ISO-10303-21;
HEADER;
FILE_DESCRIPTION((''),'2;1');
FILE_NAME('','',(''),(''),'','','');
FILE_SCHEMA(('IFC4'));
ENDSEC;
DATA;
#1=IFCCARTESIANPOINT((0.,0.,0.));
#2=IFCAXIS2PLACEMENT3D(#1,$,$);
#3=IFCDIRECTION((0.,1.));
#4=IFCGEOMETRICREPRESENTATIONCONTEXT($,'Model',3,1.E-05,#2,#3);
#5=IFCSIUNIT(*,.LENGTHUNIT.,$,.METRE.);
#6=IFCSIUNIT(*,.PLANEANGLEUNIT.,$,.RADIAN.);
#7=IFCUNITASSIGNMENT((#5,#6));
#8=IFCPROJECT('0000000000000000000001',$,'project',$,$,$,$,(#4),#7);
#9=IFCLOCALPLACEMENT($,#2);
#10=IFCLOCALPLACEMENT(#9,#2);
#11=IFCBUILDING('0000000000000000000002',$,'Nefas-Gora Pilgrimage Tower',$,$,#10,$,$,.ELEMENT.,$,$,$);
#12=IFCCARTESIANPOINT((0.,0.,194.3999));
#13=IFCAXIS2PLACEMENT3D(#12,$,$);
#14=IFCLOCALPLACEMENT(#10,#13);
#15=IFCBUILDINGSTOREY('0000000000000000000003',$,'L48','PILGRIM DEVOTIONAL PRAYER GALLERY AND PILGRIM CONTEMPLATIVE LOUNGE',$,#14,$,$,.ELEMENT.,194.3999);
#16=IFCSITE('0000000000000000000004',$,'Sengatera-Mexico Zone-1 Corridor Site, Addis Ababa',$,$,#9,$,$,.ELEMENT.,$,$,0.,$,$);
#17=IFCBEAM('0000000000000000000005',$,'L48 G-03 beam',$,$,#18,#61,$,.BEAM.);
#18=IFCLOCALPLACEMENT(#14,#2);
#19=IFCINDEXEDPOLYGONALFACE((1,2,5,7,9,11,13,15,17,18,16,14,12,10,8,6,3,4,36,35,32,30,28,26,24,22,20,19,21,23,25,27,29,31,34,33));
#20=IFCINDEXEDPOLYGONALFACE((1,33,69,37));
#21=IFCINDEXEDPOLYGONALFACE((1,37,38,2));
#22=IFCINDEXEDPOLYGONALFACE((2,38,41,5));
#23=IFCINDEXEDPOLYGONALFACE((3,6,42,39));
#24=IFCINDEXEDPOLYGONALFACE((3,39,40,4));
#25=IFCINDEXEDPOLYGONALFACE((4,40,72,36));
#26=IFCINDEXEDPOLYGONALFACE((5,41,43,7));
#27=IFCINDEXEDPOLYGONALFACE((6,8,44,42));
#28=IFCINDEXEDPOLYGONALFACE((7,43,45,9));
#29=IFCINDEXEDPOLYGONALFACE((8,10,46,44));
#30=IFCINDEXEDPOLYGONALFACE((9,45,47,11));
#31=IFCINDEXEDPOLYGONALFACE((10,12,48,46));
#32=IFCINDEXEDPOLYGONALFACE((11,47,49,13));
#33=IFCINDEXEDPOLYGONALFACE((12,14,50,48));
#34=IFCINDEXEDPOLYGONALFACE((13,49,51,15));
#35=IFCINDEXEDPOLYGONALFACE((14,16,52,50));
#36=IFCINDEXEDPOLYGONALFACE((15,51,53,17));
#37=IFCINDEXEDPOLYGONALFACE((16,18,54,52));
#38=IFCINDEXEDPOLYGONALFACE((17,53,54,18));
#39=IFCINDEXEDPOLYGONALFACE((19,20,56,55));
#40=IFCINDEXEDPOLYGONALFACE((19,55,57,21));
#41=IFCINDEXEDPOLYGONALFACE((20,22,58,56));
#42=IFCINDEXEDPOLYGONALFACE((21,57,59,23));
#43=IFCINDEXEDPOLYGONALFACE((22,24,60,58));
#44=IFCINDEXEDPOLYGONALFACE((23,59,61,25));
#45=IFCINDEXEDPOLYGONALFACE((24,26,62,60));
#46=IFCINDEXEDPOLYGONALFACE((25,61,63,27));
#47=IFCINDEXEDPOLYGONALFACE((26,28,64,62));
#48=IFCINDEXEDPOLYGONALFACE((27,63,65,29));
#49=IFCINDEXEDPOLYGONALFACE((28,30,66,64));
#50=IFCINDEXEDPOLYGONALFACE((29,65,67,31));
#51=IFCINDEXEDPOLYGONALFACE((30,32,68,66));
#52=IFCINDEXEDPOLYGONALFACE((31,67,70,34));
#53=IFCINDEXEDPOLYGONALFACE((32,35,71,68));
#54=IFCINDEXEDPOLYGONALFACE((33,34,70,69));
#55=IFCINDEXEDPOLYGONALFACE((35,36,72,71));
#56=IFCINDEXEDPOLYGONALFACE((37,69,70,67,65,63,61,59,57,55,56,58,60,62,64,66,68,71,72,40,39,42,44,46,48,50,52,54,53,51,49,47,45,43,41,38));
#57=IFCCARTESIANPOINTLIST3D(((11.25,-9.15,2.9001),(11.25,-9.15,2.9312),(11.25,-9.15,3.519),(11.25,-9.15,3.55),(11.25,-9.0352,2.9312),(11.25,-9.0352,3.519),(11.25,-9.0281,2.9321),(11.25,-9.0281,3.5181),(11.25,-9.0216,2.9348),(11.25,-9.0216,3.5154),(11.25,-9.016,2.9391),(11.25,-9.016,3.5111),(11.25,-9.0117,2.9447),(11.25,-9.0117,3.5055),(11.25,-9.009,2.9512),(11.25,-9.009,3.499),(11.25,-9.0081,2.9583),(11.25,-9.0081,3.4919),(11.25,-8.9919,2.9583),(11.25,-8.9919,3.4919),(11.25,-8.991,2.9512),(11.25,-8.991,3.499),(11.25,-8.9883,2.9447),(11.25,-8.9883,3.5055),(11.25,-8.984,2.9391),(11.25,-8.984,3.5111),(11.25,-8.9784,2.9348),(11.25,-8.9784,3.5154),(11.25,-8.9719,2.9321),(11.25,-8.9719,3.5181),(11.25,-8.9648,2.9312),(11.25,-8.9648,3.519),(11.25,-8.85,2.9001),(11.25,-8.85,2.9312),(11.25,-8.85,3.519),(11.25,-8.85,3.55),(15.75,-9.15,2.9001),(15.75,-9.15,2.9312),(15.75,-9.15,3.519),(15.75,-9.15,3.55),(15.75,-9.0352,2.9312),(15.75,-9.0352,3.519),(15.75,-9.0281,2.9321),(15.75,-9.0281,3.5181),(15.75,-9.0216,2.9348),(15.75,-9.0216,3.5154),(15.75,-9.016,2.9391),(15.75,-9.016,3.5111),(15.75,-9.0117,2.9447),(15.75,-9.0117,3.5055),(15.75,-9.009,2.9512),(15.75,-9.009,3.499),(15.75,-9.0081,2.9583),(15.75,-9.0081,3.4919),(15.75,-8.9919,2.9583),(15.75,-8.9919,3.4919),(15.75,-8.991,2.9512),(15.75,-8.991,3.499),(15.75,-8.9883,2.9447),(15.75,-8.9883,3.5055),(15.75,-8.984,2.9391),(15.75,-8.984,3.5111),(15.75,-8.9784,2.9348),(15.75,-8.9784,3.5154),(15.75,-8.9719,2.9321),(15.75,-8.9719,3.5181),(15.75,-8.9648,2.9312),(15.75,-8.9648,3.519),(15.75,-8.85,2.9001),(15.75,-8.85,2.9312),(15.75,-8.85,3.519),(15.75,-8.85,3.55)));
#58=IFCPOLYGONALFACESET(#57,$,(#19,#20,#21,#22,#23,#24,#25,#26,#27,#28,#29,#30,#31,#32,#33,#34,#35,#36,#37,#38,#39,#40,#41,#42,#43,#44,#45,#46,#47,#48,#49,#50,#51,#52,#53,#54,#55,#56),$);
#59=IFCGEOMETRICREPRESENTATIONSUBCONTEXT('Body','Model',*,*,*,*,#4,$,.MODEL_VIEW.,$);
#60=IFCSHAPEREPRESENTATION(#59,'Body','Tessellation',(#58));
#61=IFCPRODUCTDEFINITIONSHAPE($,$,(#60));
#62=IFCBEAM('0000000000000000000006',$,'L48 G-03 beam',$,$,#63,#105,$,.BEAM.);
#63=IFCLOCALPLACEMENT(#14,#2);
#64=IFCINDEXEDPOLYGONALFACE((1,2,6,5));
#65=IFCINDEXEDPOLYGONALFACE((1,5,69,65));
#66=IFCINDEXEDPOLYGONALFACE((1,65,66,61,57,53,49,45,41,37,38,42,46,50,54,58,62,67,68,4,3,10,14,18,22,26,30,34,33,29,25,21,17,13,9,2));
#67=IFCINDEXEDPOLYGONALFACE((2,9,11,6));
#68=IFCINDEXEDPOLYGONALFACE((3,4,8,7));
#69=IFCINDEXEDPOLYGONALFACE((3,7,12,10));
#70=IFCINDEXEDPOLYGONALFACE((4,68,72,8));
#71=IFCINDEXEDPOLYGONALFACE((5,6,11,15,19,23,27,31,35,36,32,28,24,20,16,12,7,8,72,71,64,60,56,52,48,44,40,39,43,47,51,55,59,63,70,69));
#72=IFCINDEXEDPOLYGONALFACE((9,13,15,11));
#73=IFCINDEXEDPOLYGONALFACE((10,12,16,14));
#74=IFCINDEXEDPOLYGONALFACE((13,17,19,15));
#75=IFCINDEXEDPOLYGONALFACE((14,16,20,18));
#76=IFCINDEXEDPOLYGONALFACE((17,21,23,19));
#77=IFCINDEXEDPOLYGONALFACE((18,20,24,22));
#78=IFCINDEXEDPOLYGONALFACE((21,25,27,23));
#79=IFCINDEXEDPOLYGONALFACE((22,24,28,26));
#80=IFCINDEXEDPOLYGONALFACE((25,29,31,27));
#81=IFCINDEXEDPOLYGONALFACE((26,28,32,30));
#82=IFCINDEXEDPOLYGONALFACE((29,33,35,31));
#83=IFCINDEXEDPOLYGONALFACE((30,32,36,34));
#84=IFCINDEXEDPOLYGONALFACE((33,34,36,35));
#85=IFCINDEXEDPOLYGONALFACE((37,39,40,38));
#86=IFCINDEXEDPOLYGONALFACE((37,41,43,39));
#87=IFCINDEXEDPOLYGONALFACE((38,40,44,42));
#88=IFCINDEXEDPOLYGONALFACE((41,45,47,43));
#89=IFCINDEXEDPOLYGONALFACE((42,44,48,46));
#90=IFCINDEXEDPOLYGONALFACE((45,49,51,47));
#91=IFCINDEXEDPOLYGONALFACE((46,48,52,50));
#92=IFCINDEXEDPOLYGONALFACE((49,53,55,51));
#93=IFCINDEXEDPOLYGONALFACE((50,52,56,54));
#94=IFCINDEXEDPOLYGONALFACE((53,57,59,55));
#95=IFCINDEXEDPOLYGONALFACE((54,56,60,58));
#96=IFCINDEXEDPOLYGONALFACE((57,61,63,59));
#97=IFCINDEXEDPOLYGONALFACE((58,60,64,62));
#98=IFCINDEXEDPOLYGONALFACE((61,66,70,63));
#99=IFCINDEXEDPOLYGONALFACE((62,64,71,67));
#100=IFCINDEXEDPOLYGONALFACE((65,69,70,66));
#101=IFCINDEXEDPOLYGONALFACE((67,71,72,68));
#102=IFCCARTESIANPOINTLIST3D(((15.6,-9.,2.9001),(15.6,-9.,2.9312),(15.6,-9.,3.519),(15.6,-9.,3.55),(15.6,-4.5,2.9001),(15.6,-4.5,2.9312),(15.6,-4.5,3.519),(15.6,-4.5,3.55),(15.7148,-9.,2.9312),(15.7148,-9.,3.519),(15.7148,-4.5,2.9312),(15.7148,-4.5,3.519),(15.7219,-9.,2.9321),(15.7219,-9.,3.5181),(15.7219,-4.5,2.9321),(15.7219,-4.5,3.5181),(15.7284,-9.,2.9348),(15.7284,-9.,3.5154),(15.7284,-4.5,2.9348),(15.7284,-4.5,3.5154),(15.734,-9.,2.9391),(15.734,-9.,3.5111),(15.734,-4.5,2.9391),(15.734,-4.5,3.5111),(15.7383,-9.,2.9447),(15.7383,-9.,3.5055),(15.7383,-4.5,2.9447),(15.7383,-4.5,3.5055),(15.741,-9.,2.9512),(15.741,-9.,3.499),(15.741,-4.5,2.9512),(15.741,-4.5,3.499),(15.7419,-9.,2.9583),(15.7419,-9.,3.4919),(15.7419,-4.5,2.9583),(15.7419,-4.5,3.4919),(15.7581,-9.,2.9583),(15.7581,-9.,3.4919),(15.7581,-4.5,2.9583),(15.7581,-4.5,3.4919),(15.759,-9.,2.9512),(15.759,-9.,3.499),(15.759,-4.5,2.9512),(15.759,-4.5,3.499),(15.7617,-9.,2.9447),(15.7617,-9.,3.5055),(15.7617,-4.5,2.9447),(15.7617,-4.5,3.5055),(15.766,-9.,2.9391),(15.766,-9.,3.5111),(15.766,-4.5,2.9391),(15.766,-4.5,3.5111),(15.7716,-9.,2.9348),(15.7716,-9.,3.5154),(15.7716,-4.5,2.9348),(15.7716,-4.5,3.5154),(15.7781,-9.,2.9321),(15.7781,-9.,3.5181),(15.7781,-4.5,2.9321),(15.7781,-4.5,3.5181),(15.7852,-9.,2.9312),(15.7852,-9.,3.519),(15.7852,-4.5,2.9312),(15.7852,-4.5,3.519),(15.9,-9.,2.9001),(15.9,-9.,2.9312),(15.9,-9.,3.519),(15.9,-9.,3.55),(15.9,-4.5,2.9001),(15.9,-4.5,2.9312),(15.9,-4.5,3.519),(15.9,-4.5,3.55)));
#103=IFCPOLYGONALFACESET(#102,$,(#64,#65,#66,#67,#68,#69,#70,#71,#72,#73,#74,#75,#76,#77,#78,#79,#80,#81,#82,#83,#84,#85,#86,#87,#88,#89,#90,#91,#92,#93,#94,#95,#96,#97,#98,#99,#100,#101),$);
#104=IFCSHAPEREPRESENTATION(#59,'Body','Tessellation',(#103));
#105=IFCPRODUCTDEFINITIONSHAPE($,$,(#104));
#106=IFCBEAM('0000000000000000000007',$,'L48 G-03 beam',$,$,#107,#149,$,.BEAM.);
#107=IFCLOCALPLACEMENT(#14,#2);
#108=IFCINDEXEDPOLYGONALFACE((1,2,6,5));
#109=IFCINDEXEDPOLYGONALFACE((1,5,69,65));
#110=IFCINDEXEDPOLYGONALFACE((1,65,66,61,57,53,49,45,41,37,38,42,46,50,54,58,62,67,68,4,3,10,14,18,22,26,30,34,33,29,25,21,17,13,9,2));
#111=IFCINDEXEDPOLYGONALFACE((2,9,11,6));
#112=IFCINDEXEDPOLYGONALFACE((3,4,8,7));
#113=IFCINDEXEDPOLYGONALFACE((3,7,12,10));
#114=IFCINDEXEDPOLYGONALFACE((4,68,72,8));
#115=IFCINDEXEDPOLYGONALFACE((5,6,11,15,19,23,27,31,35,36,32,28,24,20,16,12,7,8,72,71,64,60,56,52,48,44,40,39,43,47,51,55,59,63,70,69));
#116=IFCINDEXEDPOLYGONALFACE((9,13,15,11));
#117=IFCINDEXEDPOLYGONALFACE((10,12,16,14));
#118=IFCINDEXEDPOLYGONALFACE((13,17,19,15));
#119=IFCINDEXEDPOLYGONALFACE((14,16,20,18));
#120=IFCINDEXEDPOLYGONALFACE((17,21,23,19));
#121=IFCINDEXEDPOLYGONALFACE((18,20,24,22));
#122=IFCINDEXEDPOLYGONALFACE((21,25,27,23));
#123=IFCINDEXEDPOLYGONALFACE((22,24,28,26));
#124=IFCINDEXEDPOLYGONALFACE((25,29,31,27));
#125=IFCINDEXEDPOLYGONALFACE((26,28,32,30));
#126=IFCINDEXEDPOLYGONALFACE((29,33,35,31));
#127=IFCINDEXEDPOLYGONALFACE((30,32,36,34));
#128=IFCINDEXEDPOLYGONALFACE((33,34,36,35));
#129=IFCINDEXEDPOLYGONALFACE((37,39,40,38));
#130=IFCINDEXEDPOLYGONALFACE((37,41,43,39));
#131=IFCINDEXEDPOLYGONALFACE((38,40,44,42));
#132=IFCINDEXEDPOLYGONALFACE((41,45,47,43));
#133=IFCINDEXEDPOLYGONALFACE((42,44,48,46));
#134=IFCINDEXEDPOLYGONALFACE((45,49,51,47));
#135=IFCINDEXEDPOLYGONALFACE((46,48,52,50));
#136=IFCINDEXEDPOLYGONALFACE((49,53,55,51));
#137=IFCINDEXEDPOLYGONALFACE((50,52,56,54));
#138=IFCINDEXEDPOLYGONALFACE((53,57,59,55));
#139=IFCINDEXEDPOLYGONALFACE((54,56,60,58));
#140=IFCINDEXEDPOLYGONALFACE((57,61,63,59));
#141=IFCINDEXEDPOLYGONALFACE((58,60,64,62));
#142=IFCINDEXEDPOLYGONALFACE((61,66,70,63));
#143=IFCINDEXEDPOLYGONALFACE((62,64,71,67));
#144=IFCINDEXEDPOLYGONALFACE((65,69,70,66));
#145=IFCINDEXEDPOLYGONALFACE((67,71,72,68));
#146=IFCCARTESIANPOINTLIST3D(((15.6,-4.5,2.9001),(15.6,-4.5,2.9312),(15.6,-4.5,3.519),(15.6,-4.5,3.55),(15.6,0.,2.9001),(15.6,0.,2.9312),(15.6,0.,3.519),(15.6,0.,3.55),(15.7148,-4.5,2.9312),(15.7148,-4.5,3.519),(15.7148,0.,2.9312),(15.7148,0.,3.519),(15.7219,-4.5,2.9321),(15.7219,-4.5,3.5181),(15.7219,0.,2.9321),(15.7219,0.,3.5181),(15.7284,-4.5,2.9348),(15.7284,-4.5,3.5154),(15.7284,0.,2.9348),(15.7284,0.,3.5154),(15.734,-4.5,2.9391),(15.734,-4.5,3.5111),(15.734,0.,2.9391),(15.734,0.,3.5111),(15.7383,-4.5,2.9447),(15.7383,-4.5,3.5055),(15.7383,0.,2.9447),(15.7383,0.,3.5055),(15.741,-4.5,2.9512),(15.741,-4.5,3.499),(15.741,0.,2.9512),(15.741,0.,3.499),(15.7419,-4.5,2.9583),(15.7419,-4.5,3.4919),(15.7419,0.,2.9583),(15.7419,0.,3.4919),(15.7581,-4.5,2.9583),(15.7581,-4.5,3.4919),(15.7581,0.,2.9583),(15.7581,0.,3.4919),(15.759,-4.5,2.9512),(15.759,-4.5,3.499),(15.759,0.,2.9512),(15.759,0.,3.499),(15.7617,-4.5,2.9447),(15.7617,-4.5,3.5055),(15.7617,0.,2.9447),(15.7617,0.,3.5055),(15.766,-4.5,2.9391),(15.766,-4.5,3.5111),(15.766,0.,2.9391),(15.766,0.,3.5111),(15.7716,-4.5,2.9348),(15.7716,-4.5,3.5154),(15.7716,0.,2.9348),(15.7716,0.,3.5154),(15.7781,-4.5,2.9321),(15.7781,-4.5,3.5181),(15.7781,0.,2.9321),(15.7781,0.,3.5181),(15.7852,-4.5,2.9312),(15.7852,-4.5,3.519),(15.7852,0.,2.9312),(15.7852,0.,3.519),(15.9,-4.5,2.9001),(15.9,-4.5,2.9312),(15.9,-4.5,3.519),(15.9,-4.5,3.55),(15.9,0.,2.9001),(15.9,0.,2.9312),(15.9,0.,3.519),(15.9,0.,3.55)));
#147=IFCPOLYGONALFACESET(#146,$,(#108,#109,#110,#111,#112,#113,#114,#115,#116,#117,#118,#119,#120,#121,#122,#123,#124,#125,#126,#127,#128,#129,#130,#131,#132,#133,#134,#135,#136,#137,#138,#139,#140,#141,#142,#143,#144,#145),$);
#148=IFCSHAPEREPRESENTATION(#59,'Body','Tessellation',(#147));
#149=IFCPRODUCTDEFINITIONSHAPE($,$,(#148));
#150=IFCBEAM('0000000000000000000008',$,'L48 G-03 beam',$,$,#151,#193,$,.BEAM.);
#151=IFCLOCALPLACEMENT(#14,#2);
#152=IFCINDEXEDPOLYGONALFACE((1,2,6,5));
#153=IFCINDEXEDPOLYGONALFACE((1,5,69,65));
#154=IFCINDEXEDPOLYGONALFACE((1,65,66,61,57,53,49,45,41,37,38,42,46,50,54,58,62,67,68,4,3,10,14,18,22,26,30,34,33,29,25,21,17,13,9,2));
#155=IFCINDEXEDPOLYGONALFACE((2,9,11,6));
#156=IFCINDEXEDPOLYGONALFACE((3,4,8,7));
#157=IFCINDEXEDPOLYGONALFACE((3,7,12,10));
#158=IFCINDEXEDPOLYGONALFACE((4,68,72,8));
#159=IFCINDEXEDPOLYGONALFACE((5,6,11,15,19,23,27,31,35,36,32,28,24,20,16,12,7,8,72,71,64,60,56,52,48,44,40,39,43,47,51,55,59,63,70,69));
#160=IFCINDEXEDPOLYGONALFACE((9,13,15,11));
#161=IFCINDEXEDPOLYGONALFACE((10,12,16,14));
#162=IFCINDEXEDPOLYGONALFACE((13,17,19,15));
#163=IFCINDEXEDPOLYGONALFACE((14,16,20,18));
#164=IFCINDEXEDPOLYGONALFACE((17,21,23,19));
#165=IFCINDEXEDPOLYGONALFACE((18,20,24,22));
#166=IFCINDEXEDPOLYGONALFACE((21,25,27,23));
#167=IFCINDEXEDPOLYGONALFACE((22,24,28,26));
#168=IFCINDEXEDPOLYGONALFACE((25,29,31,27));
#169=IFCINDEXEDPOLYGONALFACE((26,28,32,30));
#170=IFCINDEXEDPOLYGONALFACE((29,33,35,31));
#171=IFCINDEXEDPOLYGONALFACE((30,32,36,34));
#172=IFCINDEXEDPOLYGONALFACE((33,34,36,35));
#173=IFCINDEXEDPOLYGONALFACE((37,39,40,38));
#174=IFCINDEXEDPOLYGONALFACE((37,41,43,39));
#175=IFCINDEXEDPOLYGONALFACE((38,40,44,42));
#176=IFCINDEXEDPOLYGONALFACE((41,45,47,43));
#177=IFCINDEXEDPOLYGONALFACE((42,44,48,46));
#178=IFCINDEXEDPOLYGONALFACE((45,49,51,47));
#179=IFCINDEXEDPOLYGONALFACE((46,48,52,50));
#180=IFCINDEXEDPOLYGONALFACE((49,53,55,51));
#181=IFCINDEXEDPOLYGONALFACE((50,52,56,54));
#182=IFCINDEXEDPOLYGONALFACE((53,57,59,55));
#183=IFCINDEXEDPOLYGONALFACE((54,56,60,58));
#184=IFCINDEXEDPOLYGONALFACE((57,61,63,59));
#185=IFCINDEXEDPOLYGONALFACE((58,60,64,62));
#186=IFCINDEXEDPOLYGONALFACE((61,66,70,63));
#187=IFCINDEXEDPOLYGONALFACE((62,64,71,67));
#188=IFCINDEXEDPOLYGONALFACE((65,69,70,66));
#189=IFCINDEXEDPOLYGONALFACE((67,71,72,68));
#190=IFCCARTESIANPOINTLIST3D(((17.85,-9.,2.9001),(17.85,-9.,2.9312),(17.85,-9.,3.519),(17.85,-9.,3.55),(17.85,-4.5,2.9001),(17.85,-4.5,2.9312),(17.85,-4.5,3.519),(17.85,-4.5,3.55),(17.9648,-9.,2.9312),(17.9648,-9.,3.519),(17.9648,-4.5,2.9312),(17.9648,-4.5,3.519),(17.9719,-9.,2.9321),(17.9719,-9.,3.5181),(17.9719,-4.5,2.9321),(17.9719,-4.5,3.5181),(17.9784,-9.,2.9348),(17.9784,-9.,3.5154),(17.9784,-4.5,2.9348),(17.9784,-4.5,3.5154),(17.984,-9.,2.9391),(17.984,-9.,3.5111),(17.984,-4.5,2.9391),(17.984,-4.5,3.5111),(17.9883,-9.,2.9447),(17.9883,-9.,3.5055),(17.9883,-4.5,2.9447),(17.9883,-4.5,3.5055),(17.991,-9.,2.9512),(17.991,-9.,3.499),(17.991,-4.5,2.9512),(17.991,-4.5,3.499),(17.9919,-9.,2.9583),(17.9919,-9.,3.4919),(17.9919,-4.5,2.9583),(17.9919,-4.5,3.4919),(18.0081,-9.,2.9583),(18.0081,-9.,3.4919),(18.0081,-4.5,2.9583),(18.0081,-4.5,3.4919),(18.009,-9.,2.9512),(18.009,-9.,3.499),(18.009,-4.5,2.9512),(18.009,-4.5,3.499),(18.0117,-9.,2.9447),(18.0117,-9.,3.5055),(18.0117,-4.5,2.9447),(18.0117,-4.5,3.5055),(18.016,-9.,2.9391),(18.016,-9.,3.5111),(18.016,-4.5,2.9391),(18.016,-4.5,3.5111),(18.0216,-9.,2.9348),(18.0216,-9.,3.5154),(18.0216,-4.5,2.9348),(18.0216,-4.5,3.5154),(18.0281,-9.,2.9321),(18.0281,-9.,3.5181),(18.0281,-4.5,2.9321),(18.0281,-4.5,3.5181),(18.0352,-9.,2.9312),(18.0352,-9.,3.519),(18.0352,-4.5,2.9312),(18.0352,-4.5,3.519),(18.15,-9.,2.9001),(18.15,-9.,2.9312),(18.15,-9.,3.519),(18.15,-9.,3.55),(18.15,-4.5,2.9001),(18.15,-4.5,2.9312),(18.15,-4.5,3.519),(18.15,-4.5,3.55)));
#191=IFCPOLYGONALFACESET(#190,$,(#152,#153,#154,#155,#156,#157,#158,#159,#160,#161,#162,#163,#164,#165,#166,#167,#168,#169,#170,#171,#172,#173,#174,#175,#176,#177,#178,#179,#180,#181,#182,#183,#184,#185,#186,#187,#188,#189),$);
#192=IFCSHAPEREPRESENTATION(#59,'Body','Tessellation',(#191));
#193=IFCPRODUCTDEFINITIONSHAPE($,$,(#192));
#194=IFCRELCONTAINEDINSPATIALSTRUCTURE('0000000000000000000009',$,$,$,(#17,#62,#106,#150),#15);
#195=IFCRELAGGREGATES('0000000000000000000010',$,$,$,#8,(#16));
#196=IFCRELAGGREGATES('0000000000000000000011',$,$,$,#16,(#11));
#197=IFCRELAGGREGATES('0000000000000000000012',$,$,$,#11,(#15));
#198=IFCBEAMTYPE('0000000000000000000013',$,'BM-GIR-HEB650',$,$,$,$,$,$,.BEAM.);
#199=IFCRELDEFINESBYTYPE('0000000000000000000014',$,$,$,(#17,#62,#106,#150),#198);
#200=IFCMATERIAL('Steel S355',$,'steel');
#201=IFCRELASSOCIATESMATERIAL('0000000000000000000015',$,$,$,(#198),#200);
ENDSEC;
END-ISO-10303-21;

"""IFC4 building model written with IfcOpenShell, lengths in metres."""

from ifc_helpers import new_model, si_unit, direction, frame, origin, origin_2d, place, context, subcontext, project, spatial, i_section, extrude, source, transform, mapped, material, material_profile, profile_set, type_object, element, save


model = new_model("IFC4")

# Units and contexts
model_context = context("Model", 3, precision=1e-05, world=origin(), true_north=direction((0.0, 1.0)))
body_context = subcontext(model_context, "Body", "Model", "MODEL_VIEW")
ifc_project = project(units=[si_unit("LENGTHUNIT", "METRE"), si_unit("PLANEANGLEUNIT", "RADIAN")], contexts=[model_context])

# Site, building, storey
site_placement = place(None, origin())
site = spatial("IfcSite", under=ifc_project, at=site_placement, Name="Sengatera-Mexico Zone-1 Corridor Site, Addis Ababa", CompositionType="ELEMENT", RefElevation=0.0)
building_placement = place(site_placement, origin())
building = spatial("IfcBuilding", under=site, at=building_placement, Name="Nefas-Gora Pilgrimage Tower", CompositionType="ELEMENT")
storey_placement = place(building_placement, frame((0.0, 0.0, 194.3999)))
storey = spatial("IfcBuildingStorey", under=building, at=storey_placement, Name="L48", Description="PILGRIM DEVOTIONAL PRAYER GALLERY AND PILGRIM CONTEMPLATIVE LOUNGE", CompositionType="ELEMENT", Elevation=194.3999)

# Beams
ifc_material_1 = material(Name="Steel S355", Category="steel")
ifc_material_profile_1 = material_profile(ifc_material_1, i_section(OverallWidth=0.3, OverallDepth=0.6499, WebThickness=0.0161, FlangeThickness=0.031, FilletRadius=0.0271, at=origin_2d()), Name="HEB 650")
ifc_profile_set_1 = profile_set([ifc_material_profile_1], Name="Steel S355")
beam_type_1 = type_object("IfcBeamType", Name="BM-GIR-HEB650", PredefinedType="BEAM", material=ifc_profile_set_1)
shared_shape_1 = source(origin(), body_context, "Body", "SweptSolid", [
    extrude(i_section(OverallWidth=0.3, OverallDepth=0.6499, WebThickness=0.0161, FlangeThickness=0.031, FilletRadius=0.0271, at=origin_2d()), origin(), (0.0, 0.0, 1.0), 4.5),
])
for number, where, z_axis, x_axis, name in (
    (1, (11.25, -9.0, 3.2251), (1.0, 0.0, 0.0), (0.0, 1.0, 0.0), "L48 G-03 beam"),
    (2, (15.75, -9.0, 3.2251), (0.0, 1.0, 0.0), (-1.0, 0.0, 0.0), "L48 G-03 beam"),
    (3, (15.75, -4.5, 3.2251), (0.0, 1.0, 0.0), (-1.0, 0.0, 0.0), "L48 G-03 beam"),
    (4, (18.0, -9.0, 3.2251), (0.0, 1.0, 0.0), (-1.0, 0.0, 0.0), "L48 G-03 beam"),
):
    element("IfcBeam", number, at=place(storey_placement, frame(where, z_axis=z_axis, x_axis=x_axis)), inside=storey, type_object=beam_type_1, Name=name, PredefinedType="BEAM", context=body_context, shape_type="MappedRepresentation", body=[
        mapped(shared_shape_1, transform((0.0, 0.0, 0.0), x_axis=(1.0, 0.0, 0.0), y_axis=(0.0, 1.0, 0.0), z_axis=(0.0, 0.0, 1.0), scale=1.0)),
    ])

save(model, "model.ifc")
